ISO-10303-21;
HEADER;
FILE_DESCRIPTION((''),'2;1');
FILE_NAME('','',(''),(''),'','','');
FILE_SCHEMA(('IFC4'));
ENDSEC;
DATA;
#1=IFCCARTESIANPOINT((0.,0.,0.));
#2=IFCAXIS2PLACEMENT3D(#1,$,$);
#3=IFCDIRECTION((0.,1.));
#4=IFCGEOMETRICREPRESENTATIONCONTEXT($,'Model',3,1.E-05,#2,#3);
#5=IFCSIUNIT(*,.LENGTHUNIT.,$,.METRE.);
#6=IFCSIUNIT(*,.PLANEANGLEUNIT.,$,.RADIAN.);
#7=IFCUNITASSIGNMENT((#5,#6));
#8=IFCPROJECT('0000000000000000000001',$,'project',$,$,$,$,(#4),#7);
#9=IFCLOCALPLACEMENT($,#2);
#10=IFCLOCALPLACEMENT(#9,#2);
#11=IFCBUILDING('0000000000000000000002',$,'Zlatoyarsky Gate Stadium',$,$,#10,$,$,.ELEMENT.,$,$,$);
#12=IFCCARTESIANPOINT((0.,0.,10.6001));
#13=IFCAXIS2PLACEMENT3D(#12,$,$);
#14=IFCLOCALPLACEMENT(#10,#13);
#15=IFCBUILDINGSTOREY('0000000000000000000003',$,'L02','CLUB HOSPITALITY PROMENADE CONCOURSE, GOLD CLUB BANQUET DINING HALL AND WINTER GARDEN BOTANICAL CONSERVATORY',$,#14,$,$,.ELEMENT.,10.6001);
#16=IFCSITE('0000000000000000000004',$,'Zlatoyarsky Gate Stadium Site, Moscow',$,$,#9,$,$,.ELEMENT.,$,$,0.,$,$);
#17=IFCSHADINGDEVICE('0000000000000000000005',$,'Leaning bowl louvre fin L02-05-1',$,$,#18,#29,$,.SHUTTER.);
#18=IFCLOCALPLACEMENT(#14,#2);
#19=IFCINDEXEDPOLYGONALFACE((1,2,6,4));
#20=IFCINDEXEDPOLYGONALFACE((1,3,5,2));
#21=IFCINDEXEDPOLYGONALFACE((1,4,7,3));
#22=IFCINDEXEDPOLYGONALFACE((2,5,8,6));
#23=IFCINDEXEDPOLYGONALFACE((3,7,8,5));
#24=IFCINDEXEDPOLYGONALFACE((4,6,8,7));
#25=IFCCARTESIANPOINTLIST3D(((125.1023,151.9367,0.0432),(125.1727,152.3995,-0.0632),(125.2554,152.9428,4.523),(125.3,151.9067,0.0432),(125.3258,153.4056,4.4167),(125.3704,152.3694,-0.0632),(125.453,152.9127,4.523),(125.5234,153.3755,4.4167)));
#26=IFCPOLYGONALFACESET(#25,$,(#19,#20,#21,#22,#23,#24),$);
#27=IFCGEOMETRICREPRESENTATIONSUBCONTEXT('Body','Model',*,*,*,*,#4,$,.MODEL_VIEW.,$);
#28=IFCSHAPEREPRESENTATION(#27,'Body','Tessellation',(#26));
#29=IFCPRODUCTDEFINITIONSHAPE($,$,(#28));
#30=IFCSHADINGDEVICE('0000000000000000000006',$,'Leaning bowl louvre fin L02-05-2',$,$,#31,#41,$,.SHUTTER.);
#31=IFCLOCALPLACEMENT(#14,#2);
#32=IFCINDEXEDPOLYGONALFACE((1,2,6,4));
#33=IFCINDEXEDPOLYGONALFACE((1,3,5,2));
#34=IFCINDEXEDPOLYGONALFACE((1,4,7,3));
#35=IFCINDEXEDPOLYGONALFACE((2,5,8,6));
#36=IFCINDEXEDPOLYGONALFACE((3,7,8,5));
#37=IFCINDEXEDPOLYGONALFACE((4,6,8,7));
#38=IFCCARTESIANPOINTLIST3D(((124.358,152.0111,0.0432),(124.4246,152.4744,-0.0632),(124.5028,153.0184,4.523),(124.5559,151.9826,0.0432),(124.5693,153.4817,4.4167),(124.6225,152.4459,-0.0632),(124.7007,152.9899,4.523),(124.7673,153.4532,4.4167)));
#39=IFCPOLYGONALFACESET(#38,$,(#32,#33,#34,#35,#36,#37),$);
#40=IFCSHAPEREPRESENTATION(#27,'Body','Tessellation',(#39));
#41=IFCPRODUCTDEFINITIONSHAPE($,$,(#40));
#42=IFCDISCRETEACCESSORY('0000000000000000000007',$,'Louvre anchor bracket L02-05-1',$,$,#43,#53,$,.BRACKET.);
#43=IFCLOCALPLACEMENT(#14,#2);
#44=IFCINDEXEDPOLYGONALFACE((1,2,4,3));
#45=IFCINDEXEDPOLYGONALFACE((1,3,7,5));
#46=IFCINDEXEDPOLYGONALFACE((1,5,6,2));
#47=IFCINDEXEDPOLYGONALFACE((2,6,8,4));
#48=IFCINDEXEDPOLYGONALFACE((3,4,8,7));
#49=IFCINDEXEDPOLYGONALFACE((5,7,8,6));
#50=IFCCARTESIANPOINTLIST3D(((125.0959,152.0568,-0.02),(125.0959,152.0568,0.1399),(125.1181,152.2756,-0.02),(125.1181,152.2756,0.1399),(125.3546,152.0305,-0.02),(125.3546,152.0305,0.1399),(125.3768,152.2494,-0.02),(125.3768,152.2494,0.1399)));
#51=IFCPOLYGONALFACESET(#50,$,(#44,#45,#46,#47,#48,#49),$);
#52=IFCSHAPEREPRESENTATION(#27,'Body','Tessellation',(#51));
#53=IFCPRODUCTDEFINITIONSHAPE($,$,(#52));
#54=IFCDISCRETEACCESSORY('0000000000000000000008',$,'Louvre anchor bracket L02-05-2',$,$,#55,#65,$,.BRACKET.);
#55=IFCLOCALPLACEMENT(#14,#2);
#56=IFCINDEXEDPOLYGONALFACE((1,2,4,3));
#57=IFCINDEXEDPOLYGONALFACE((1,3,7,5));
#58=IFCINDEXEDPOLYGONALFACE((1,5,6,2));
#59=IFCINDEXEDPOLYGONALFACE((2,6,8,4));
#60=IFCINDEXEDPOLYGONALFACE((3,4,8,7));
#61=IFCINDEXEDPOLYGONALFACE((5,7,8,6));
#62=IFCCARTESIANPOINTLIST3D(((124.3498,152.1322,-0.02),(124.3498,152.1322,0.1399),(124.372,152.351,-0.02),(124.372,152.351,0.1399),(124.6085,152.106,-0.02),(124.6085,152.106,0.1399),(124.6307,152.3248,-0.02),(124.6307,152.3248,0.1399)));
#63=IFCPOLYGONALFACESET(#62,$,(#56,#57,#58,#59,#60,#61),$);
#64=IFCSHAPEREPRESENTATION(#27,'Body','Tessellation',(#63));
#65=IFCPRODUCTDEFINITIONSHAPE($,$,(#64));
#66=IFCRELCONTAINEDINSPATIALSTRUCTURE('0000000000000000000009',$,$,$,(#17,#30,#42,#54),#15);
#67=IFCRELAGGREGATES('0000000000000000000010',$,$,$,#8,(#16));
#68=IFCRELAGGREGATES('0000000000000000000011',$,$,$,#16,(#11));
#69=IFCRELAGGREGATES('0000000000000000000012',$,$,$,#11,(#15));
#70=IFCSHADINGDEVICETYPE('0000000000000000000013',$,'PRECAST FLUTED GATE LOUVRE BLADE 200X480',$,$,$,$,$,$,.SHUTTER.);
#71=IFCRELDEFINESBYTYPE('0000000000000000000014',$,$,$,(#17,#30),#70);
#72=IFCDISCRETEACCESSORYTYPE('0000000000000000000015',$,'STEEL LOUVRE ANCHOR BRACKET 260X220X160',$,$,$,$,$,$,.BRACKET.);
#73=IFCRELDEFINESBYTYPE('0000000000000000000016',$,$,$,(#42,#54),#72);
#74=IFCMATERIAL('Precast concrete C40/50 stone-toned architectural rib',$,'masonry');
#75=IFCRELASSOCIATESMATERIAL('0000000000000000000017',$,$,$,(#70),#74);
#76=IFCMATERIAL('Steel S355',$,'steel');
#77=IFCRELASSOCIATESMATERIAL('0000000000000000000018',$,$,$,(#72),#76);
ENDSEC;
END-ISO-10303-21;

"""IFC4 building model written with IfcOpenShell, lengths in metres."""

from ifc_helpers import new_model, si_unit, direction, frame, origin, origin_2d, place, context, subcontext, project, spatial, rectangle, extrude, material, material_profile, profile_set, type_object, element, save


model = new_model("IFC4")

# Units and contexts
model_context = context("Model", 3, precision=1e-05, world=origin(), true_north=direction((0.0, 1.0)))
body_context = subcontext(model_context, "Body", "Model", "MODEL_VIEW")
ifc_project = project(units=[si_unit("LENGTHUNIT", "METRE"), si_unit("PLANEANGLEUNIT", "RADIAN")], contexts=[model_context])

# Site, building, storey
site_placement = place(None, origin())
site = spatial("IfcSite", under=ifc_project, at=site_placement, Name="Zlatoyarsky Gate Stadium Site, Moscow", CompositionType="ELEMENT", RefElevation=0.0)
building_placement = place(site_placement, origin())
building = spatial("IfcBuilding", under=site, at=building_placement, Name="Zlatoyarsky Gate Stadium", CompositionType="ELEMENT")
storey_placement = place(building_placement, frame((0.0, 0.0, 10.6001)))
storey = spatial("IfcBuildingStorey", under=building, at=storey_placement, Name="L02", Description="CLUB HOSPITALITY PROMENADE CONCOURSE, GOLD CLUB BANQUET DINING HALL AND WINTER GARDEN BOTANICAL CONSERVATORY", CompositionType="ELEMENT", Elevation=10.6001)

# Shared definitions
ifc_material_1 = material(Name="Steel S355", Category="steel")

# Shading devices
ifc_material_2 = material(Name="Precast concrete C40/50 stone-toned architectural rib", Category="masonry")
ifc_material_profile_1 = material_profile(ifc_material_2, rectangle(XDim=0.2, YDim=0.48, at=origin_2d()), Name="RIB 200X480")
ifc_profile_set_1 = profile_set([ifc_material_profile_1], Name="Precast concrete C40/50 stone-toned architectural rib")
shading_device_type = type_object("IfcShadingDeviceType", Name="PRECAST FLUTED GATE LOUVRE BLADE 200X480", PredefinedType="SHUTTER", material=ifc_profile_set_1)
for number, where, z_axis, x_axis, name in (
    (1, (125.2363, 152.1531, -0.01), (0.03332, 0.218998, 0.975156), (-0.988623, 0.150417, 0.0), "Leaning bowl louvre fin L02-05-1"),
    (2, (124.4902, 152.2285, -0.01), (0.031513, 0.219264, 0.975156), (-0.989829, 0.142261, 0.0), "Leaning bowl louvre fin L02-05-2"),
):
    element("IfcShadingDevice", number, at=place(storey_placement, frame(where, z_axis=z_axis, x_axis=x_axis)), inside=storey, type_object=shading_device_type, Name=name, PredefinedType="SHUTTER", context=body_context, shape_type="SweptSolid", body=[
        extrude(rectangle(XDim=0.2, YDim=0.48, at=origin_2d()), origin(), (0.0, 0.0, 1.0), 4.594),
    ])

# Discrete accessories
discrete_accessory_type = type_object("IfcDiscreteAccessoryType", Name="STEEL LOUVRE ANCHOR BRACKET 260X220X160", PredefinedType="BRACKET", material=ifc_material_1)
for number, where, z_axis, x_axis, name in (
    (3, (125.2363, 152.1531, -0.02), (0.0, 0.0, 1.0), (-0.994903, 0.100837, 0.0), "Louvre anchor bracket L02-05-1"),
    (4, (124.4902, 152.2285, -0.02), (0.0, 0.0, 1.0), (-0.994903, 0.100837, 0.0), "Louvre anchor bracket L02-05-2"),
):
    element("IfcDiscreteAccessory", number, at=place(storey_placement, frame(where, z_axis=z_axis, x_axis=x_axis)), inside=storey, type_object=discrete_accessory_type, Name=name, PredefinedType="BRACKET", context=body_context, shape_type="SweptSolid", body=[
        extrude(rectangle(XDim=0.26, YDim=0.22, at=origin_2d()), origin(), (0.0, 0.0, 1.0), 0.1599),
    ])

save(model, "model.ifc")
